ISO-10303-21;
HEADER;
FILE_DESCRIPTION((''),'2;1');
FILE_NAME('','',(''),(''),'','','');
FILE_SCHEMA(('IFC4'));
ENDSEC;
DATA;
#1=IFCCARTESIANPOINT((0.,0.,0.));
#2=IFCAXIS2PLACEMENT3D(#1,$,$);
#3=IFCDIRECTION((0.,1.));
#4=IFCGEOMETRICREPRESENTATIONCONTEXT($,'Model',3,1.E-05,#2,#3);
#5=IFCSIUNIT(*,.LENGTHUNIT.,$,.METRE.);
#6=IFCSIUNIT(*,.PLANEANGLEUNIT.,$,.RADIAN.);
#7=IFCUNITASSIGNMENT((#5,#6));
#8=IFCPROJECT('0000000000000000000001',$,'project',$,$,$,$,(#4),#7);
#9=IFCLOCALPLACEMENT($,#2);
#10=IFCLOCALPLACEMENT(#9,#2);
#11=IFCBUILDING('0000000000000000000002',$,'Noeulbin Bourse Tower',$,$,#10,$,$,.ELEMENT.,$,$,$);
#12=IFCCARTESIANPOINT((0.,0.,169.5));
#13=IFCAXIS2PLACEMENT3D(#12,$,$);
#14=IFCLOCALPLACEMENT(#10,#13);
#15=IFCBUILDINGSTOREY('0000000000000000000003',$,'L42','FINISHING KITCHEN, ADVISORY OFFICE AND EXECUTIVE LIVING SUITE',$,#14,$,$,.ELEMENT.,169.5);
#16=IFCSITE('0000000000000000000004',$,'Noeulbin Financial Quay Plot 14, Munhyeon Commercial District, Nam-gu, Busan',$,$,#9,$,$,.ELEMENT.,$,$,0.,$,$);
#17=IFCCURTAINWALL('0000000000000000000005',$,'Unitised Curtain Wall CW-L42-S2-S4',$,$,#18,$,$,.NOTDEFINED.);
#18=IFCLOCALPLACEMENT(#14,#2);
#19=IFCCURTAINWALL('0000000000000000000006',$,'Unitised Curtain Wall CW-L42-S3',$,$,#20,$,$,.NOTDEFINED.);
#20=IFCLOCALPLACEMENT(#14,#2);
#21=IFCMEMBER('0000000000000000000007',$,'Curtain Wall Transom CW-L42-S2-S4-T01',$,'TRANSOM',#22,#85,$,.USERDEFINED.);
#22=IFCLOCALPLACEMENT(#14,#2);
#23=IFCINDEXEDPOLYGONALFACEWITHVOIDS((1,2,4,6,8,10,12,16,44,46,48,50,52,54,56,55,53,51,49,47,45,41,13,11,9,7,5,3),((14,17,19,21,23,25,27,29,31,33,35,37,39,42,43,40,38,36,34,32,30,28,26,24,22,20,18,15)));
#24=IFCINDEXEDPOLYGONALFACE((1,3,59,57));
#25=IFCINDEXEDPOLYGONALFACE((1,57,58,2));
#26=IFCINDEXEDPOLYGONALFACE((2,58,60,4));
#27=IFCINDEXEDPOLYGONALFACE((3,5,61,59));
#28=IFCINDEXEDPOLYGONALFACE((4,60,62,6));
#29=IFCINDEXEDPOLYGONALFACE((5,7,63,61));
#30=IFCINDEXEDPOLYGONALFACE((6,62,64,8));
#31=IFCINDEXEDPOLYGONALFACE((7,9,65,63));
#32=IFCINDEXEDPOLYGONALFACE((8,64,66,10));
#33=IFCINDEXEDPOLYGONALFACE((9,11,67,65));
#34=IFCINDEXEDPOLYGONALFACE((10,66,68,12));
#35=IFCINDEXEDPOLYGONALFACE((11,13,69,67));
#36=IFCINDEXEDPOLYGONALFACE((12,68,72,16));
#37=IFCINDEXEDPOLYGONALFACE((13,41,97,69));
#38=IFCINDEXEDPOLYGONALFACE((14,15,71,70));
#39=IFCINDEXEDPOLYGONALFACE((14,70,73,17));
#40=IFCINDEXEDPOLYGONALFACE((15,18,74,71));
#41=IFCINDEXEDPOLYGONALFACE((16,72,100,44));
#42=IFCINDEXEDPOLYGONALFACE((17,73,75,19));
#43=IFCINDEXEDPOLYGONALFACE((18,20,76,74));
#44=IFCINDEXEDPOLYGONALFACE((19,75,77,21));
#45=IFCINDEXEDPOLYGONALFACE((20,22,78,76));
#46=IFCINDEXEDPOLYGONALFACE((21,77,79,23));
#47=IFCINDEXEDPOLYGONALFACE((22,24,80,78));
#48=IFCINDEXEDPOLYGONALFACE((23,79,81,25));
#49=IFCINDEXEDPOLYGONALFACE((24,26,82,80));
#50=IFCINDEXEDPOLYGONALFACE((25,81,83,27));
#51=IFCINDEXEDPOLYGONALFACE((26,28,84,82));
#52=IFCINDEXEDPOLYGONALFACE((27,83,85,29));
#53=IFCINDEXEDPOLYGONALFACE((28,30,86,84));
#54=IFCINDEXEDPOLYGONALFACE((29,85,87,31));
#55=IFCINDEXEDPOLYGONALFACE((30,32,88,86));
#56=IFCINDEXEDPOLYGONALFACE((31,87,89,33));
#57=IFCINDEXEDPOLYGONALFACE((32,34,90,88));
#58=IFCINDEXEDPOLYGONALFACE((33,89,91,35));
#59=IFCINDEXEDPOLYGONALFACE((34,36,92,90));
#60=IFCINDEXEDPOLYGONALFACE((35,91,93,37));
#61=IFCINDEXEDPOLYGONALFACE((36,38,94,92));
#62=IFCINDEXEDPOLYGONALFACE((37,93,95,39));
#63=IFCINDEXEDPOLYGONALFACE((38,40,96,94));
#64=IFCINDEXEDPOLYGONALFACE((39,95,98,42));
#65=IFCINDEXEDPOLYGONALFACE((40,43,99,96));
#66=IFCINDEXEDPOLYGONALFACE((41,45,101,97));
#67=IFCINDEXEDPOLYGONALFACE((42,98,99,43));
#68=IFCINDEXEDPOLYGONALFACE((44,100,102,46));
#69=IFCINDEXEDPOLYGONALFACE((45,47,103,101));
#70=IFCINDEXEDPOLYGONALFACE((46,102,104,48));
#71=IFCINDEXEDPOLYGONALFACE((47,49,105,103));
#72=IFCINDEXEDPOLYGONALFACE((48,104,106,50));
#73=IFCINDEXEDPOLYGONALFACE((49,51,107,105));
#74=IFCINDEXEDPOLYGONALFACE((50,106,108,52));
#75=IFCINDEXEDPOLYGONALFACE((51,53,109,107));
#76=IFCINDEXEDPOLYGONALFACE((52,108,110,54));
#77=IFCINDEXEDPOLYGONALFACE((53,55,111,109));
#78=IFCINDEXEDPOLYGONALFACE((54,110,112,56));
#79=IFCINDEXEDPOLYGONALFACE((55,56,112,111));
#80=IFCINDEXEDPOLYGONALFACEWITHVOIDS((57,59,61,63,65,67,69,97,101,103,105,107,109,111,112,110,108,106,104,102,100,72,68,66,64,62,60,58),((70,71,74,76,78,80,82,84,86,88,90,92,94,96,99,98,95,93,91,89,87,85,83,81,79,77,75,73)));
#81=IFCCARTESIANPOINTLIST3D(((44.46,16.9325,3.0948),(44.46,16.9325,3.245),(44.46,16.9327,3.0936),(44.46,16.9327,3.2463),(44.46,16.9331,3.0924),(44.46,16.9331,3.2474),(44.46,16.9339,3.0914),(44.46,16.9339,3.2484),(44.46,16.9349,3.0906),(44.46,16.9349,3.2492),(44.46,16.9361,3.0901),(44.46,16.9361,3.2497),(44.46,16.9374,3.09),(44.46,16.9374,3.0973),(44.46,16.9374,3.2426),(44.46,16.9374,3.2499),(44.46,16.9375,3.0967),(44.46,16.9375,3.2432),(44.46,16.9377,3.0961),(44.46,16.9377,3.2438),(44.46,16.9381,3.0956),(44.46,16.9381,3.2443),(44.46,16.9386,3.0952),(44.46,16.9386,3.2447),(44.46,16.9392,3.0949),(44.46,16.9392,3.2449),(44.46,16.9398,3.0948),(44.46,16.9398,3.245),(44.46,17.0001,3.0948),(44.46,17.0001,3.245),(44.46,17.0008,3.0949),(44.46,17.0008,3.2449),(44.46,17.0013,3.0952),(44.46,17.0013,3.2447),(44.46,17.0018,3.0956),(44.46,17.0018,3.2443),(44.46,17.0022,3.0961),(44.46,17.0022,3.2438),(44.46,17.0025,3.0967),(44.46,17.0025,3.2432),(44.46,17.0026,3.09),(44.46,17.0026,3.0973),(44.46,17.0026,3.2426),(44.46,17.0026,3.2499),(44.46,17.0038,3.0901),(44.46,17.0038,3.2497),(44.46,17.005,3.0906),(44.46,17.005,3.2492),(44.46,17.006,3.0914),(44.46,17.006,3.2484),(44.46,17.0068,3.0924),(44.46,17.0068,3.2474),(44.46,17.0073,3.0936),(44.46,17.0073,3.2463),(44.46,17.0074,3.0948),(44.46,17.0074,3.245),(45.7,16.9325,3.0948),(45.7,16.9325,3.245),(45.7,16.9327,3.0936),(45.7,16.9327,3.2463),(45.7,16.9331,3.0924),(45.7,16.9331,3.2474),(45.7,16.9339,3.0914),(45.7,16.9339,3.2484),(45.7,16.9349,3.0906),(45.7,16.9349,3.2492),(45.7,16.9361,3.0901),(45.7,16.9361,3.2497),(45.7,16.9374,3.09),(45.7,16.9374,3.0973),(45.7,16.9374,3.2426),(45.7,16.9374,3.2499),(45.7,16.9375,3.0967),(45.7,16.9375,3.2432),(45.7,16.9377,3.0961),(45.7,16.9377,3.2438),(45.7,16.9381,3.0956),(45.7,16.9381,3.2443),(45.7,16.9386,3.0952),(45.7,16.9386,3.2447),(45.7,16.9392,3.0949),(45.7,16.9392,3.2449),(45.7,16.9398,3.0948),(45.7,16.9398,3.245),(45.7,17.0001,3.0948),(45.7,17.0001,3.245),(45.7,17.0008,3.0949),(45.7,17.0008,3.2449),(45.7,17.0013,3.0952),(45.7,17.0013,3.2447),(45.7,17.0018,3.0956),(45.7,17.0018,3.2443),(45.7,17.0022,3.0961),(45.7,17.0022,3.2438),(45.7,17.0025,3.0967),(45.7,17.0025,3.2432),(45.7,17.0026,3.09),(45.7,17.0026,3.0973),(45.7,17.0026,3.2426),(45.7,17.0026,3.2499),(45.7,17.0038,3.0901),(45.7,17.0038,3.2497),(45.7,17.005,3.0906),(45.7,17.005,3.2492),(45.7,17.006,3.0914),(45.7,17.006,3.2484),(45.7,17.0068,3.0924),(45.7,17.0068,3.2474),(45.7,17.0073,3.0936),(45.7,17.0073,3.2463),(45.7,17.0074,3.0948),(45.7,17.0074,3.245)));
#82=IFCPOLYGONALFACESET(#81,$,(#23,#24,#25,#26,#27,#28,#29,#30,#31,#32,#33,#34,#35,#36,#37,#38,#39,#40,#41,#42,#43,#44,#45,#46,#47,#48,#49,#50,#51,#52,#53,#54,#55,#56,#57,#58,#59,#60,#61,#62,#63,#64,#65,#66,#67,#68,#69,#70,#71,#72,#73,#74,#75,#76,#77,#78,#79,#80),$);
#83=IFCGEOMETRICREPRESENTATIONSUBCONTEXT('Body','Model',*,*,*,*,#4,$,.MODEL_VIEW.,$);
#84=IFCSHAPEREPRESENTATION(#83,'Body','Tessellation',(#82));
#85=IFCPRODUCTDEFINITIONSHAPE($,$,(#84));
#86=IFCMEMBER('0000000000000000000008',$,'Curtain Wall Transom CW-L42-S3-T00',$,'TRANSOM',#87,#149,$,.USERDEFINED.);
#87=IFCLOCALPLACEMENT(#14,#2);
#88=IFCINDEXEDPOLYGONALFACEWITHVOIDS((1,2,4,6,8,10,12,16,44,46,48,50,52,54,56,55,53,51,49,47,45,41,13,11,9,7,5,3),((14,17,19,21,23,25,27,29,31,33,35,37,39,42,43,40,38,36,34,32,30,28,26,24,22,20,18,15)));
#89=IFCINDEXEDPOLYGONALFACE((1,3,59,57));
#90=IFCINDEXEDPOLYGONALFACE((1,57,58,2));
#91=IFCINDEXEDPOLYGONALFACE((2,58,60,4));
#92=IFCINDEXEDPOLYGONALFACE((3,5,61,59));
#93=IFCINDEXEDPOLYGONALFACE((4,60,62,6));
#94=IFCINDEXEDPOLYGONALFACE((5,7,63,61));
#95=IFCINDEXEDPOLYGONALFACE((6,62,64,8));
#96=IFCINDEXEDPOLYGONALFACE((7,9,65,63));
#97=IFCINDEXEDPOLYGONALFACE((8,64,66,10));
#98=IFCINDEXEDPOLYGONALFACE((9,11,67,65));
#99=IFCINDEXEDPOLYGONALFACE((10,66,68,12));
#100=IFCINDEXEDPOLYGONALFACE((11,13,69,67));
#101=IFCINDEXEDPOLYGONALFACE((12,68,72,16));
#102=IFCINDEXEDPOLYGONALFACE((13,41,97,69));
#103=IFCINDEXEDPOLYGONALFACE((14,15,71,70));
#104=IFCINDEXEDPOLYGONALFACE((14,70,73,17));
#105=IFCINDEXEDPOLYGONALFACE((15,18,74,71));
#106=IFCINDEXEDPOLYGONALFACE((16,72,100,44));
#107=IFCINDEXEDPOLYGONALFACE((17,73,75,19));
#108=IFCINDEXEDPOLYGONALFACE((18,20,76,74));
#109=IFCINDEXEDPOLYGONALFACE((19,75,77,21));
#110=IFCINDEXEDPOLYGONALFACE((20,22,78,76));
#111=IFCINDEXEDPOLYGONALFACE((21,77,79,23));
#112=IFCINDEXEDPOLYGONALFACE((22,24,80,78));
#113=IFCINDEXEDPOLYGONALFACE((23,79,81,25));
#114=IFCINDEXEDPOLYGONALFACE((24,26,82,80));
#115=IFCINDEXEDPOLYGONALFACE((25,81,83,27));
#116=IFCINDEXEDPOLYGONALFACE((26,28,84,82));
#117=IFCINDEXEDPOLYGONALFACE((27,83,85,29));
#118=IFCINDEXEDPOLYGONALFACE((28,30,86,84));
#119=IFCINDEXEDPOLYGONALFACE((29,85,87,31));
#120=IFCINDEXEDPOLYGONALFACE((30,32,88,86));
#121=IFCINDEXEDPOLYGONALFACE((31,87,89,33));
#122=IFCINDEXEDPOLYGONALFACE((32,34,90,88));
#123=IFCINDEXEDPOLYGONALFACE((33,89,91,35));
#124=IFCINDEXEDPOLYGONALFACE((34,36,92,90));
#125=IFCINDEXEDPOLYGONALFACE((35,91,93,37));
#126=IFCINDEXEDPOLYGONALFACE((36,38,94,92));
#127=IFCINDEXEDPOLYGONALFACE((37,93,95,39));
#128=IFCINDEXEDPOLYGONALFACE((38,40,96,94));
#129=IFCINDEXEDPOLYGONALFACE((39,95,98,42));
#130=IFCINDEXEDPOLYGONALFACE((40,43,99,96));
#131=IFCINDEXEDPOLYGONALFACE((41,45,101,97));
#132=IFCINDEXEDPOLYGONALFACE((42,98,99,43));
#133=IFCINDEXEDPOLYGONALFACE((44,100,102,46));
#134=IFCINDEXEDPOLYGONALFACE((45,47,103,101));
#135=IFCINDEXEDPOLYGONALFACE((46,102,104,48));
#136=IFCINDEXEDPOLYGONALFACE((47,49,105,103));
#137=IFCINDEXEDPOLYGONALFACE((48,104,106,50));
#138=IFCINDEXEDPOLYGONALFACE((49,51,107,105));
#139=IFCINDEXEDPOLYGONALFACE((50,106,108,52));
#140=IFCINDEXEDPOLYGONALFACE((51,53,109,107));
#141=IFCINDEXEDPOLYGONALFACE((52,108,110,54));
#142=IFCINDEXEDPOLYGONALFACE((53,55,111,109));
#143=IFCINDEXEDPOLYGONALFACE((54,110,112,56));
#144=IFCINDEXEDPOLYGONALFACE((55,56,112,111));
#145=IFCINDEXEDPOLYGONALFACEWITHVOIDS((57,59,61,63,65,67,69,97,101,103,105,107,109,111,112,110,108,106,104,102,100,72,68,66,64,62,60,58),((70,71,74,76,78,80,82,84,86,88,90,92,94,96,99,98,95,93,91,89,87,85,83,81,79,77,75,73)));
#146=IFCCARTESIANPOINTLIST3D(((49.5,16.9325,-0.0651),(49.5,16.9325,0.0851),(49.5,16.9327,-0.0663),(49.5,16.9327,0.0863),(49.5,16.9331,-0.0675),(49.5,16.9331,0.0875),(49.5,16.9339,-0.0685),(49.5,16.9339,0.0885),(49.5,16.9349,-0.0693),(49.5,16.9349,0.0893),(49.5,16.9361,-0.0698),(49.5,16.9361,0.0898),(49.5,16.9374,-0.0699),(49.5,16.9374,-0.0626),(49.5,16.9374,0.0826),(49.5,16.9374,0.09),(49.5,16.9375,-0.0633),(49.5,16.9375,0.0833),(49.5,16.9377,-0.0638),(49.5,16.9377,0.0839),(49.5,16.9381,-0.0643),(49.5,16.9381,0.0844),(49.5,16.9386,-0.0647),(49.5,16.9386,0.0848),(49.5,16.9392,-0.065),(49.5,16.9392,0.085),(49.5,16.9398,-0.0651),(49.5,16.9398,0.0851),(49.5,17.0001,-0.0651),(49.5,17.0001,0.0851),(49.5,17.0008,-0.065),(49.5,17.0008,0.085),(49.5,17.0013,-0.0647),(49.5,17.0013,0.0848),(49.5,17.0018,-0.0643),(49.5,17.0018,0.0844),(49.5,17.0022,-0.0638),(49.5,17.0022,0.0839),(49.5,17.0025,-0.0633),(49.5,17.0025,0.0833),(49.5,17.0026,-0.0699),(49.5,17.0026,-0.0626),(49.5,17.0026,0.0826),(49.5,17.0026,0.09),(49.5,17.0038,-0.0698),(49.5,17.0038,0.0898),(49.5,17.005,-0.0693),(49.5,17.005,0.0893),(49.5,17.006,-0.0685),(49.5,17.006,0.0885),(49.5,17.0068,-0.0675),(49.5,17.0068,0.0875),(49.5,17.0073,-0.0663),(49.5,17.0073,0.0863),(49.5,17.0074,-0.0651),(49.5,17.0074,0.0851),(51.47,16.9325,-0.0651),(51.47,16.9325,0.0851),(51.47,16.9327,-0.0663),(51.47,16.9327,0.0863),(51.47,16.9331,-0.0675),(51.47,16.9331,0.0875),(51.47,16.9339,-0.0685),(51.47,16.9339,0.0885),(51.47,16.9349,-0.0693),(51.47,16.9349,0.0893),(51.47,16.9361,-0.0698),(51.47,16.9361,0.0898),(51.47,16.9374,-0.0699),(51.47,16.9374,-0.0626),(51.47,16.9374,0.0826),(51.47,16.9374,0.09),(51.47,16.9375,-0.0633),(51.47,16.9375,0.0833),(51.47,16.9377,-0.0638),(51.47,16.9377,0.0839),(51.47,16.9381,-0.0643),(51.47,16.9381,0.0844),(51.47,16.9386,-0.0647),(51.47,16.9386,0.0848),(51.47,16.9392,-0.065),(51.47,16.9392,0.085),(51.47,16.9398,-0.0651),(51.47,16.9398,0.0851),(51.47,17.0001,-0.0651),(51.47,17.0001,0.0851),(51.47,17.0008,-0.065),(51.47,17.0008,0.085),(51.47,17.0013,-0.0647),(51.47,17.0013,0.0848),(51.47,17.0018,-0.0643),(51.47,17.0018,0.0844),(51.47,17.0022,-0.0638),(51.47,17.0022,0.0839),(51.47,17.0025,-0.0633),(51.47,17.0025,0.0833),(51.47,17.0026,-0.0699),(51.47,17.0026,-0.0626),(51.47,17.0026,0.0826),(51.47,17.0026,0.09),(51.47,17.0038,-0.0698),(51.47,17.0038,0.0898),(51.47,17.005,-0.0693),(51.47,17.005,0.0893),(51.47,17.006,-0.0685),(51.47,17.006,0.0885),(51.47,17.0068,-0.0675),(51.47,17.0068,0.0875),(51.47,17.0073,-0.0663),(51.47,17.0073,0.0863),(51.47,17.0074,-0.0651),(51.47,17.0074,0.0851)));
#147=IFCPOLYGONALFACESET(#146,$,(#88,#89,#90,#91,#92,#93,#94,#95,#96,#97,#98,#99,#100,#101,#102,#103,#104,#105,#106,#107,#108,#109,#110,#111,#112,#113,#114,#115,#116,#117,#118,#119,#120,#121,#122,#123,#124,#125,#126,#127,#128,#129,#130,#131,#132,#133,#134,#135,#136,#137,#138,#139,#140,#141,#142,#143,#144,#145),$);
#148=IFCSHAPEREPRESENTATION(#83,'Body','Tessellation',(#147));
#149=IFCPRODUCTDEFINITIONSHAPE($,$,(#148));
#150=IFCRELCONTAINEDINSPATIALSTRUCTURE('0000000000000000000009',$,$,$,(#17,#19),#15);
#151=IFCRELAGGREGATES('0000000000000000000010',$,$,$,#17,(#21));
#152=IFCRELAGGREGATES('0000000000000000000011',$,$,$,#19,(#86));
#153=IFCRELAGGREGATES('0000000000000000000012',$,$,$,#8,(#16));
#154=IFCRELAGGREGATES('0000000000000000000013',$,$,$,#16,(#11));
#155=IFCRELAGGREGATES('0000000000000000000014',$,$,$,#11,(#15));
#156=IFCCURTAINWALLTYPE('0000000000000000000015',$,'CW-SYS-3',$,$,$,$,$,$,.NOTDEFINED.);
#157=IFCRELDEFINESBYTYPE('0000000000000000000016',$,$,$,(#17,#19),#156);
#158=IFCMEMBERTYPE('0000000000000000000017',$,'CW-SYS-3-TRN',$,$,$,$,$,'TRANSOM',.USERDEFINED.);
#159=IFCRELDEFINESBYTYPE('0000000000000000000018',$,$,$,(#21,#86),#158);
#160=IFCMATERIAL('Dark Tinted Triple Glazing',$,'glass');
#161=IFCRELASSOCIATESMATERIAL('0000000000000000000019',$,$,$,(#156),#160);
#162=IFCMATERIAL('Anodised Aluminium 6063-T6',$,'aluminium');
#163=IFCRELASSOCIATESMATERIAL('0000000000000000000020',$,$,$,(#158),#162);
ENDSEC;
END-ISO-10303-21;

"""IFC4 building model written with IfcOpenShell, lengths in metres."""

from ifc_helpers import new_model, si_unit, direction, frame, origin, origin_2d, place, context, subcontext, project, spatial, hollow_rectangle, extrude, material, material_profile, profile_set, type_object, element, aggregate, save


model = new_model("IFC4")

# Units and contexts
model_context = context("Model", 3, precision=1e-05, world=origin(), true_north=direction((0.0, 1.0)))
body_context = subcontext(model_context, "Body", "Model", "MODEL_VIEW")
ifc_project = project(units=[si_unit("LENGTHUNIT", "METRE"), si_unit("PLANEANGLEUNIT", "RADIAN")], contexts=[model_context])

# Site, building, storey
site_placement = place(None, origin())
site = spatial("IfcSite", under=ifc_project, at=site_placement, Name="Noeulbin Financial Quay Plot 14, Munhyeon Commercial District, Nam-gu, Busan", CompositionType="ELEMENT", RefElevation=0.0)
building_placement = place(site_placement, origin())
building = spatial("IfcBuilding", under=site, at=building_placement, Name="Noeulbin Bourse Tower", CompositionType="ELEMENT")
storey_placement = place(building_placement, frame((0.0, 0.0, 169.5)))
storey = spatial("IfcBuildingStorey", under=building, at=storey_placement, Name="L42", Description="FINISHING KITCHEN, ADVISORY OFFICE AND EXECUTIVE LIVING SUITE", CompositionType="ELEMENT", Elevation=169.5)

# Shared definitions
ifc_material_1 = material(Name="Dark Tinted Triple Glazing", Category="glass")
curtain_wall_type = type_object("IfcCurtainWallType", Name="CW-SYS-3", PredefinedType="NOTDEFINED", material=ifc_material_1)
ifc_material_2 = material(Name="Anodised Aluminium 6063-T6", Category="aluminium")

# Curtain walls
curtain_wall_1_placement = place(storey_placement, origin())
curtain_wall_1 = element("IfcCurtainWall", 1, at=curtain_wall_1_placement, inside=storey, type_object=curtain_wall_type, Name="Unitised Curtain Wall CW-L42-S2-S4", PredefinedType="NOTDEFINED")
curtain_wall_2_placement = place(storey_placement, origin())
curtain_wall_2 = element("IfcCurtainWall", 2, at=curtain_wall_2_placement, inside=storey, type_object=curtain_wall_type, Name="Unitised Curtain Wall CW-L42-S3", PredefinedType="NOTDEFINED")

# Members
ifc_material_profile_1 = material_profile(ifc_material_2, hollow_rectangle(XDim=0.075, YDim=0.1599, WallThickness=0.0049, InnerFilletRadius=0.0024, OuterFilletRadius=0.0049, at=origin_2d()), Name="ALU-TRAN-75x160x5", Category="LoadBearing")
ifc_profile_set_1 = profile_set([ifc_material_profile_1], Name="Anodised Aluminium 6063-T6")
member_type_1 = type_object("IfcMemberType", Name="CW-SYS-3-TRN", ElementType="TRANSOM", PredefinedType="USERDEFINED", material=ifc_profile_set_1)
member_1_placement = place(storey_placement, frame((44.46, 16.97, 3.1699), z_axis=(1.0, 0.0, 0.0), x_axis=(0.0, 1.0, 0.0)))
member_1 = element("IfcMember", 3, at=member_1_placement, type_object=member_type_1, Name="Curtain Wall Transom CW-L42-S2-S4-T01", ObjectType="TRANSOM", PredefinedType="USERDEFINED", context=body_context, shape_type="SweptSolid", body=[
    extrude(hollow_rectangle(XDim=0.075, YDim=0.1599, WallThickness=0.0049, InnerFilletRadius=0.0024, OuterFilletRadius=0.0049, at=origin_2d()), origin(), (0.0, 0.0, 1.0), 1.24),
])
member_2_placement = place(storey_placement, frame((49.5, 16.97, 0.01), z_axis=(1.0, 0.0, 0.0), x_axis=(0.0, 1.0, 0.0)))
member_2 = element("IfcMember", 4, at=member_2_placement, type_object=member_type_1, Name="Curtain Wall Transom CW-L42-S3-T00", ObjectType="TRANSOM", PredefinedType="USERDEFINED", context=body_context, shape_type="SweptSolid", body=[
    extrude(hollow_rectangle(XDim=0.075, YDim=0.1599, WallThickness=0.0049, InnerFilletRadius=0.0024, OuterFilletRadius=0.0049, at=origin_2d()), origin(), (0.0, 0.0, 1.0), 1.97),
])

aggregate(curtain_wall_1, [member_1])
aggregate(curtain_wall_2, [member_2])

save(model, "model.ifc")
